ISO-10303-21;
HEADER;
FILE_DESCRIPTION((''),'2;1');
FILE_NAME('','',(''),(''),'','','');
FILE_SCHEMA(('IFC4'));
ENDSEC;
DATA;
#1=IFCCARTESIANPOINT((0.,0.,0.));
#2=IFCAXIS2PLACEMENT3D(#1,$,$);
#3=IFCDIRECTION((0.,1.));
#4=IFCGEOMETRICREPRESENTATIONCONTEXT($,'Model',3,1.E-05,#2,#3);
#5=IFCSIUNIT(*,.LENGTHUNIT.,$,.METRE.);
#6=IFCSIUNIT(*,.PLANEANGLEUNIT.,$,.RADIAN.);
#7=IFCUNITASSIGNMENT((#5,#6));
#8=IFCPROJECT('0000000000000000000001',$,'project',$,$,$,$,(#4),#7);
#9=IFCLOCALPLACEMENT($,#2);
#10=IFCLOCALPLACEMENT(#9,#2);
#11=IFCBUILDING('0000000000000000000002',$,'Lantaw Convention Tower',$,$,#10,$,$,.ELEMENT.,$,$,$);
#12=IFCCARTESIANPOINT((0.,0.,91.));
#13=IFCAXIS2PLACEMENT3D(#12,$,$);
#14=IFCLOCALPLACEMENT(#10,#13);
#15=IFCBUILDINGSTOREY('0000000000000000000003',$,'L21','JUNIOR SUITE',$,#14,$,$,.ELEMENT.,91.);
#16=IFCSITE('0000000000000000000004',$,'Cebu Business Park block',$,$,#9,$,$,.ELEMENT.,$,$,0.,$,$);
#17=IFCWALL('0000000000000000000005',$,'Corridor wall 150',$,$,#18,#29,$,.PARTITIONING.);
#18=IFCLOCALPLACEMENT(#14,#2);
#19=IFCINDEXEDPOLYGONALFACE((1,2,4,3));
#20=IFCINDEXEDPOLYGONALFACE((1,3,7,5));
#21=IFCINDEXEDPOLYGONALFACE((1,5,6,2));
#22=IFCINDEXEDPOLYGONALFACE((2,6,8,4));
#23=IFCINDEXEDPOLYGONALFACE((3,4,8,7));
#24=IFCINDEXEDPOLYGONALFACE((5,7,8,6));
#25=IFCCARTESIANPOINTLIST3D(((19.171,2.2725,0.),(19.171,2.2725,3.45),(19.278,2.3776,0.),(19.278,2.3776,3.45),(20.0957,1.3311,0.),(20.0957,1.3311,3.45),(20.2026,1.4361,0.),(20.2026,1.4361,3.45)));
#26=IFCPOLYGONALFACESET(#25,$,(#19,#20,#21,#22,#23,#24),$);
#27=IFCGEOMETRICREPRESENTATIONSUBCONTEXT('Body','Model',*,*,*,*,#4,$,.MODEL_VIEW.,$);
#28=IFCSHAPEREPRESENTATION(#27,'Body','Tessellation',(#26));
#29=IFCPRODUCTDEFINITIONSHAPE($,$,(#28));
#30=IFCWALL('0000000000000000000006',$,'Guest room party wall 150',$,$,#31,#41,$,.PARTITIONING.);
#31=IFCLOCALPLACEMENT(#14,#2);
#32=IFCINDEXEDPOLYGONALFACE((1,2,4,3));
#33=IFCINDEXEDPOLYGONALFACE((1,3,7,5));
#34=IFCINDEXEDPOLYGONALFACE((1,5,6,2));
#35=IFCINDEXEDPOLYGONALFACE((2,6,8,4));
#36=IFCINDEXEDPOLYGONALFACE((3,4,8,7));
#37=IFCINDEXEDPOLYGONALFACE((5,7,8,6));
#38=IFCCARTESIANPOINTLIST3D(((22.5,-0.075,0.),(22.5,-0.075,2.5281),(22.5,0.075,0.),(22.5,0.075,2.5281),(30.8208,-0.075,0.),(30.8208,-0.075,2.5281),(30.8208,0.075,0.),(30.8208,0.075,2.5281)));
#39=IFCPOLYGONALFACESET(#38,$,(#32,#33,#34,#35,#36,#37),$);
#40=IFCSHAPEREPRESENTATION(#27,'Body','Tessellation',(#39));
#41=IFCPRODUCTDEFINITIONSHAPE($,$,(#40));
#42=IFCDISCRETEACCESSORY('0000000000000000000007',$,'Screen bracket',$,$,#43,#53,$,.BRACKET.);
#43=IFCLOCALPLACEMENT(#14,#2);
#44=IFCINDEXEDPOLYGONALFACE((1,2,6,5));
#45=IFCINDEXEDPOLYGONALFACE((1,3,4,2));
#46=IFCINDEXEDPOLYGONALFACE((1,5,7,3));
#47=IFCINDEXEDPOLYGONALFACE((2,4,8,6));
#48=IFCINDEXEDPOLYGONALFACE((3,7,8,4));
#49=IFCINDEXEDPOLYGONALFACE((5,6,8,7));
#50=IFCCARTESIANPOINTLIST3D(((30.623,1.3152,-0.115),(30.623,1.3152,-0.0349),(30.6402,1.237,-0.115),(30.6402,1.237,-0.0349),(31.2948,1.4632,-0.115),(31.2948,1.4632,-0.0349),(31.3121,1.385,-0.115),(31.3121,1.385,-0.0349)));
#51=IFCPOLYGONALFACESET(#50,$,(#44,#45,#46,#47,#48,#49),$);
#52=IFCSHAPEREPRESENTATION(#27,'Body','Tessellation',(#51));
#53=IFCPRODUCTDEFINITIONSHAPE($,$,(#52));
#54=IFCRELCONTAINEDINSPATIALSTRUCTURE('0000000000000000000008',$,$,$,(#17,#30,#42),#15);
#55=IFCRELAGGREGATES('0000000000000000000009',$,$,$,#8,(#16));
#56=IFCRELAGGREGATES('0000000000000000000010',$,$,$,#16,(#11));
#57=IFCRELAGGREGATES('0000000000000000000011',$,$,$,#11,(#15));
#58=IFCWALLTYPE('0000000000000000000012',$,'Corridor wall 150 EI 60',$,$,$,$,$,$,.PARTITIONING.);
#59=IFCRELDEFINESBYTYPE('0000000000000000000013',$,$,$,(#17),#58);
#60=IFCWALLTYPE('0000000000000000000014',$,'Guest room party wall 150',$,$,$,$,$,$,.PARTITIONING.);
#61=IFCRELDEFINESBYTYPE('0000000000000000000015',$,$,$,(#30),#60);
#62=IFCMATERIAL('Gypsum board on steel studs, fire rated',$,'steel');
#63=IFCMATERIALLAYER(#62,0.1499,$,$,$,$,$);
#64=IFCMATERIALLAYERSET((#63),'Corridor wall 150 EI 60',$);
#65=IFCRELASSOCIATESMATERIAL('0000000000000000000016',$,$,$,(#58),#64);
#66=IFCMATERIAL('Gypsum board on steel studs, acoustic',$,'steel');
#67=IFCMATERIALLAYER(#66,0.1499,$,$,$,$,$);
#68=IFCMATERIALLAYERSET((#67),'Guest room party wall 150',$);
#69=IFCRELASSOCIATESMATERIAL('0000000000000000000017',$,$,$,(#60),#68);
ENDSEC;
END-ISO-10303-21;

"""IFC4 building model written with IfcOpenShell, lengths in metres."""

from ifc_helpers import new_model, si_unit, direction, frame, frame_2d, origin, origin_2d, place, context, subcontext, project, spatial, rectangle, extrude, material, layer, layer_set, type_object, element, save


model = new_model("IFC4")

# Units and contexts
model_context = context("Model", 3, precision=1e-05, world=origin(), true_north=direction((0.0, 1.0)))
body_context = subcontext(model_context, "Body", "Model", "MODEL_VIEW")
ifc_project = project(units=[si_unit("LENGTHUNIT", "METRE"), si_unit("PLANEANGLEUNIT", "RADIAN")], contexts=[model_context])

# Site, building, storey
site_placement = place(None, origin())
site = spatial("IfcSite", under=ifc_project, at=site_placement, Name="Cebu Business Park block", CompositionType="ELEMENT", RefElevation=0.0)
building_placement = place(site_placement, origin())
building = spatial("IfcBuilding", under=site, at=building_placement, Name="Lantaw Convention Tower", CompositionType="ELEMENT")
storey_placement = place(building_placement, frame((0.0, 0.0, 91.0)))
storey = spatial("IfcBuildingStorey", under=building, at=storey_placement, Name="L21", Description="JUNIOR SUITE", CompositionType="ELEMENT", Elevation=91.0)

# Shared definitions
ifc_material_1 = material(Name="Gypsum board on steel studs, fire rated", Category="steel")
ifc_layer_1 = layer(ifc_material_1, 0.1499)
ifc_layer_set_1 = layer_set([ifc_layer_1], Name="Corridor wall 150 EI 60")
wall_type_1 = type_object("IfcWallType", Name="Corridor wall 150 EI 60", PredefinedType="PARTITIONING", material=ifc_layer_set_1)

# Walls
wall_1_placement = place(storey_placement, frame((19.2246, 2.325, 0.0), z_axis=(0.0, 0.0, 1.0), x_axis=(0.700695, -0.713461, 0.0)))
element("IfcWall", 1, at=wall_1_placement, inside=storey, type_object=wall_type_1, Name="Corridor wall 150", PredefinedType="PARTITIONING", context=body_context, shape_type="SweptSolid", body=[
    extrude(rectangle(XDim=1.3196, YDim=0.1499, at=frame_2d((0.6597, 0.0))), origin(), (0.0, 0.0, 1.0), 3.45),
])
ifc_material_2 = material(Name="Gypsum board on steel studs, acoustic", Category="steel")
ifc_layer_2 = layer(ifc_material_2, 0.1499)
ifc_layer_set_2 = layer_set([ifc_layer_2], Name="Guest room party wall 150")
wall_type_2 = type_object("IfcWallType", Name="Guest room party wall 150", PredefinedType="PARTITIONING", material=ifc_layer_set_2)
wall_2_placement = place(storey_placement, frame((30.8208, 0.0, 0.0), z_axis=(0.0, 0.0, 1.0), x_axis=(-1.0, 0.0, 0.0)))
element("IfcWall", 2, at=wall_2_placement, inside=storey, type_object=wall_type_2, Name="Guest room party wall 150", PredefinedType="PARTITIONING", context=body_context, shape_type="SweptSolid", body=[
    extrude(rectangle(XDim=8.3208, YDim=0.1499, at=frame_2d((4.1604, 0.0))), origin(), (0.0, 0.0, 1.0), 2.5281),
])

# Discrete accessory
discrete_accessory_placement = place(storey_placement, frame((30.9675, 1.3501, -0.115), z_axis=(0.0, 0.0, 1.0), x_axis=(-0.215246, 0.97656, 0.0)))
element("IfcDiscreteAccessory", 3, at=discrete_accessory_placement, inside=storey, Name="Screen bracket", PredefinedType="BRACKET", context=body_context, shape_type="SweptSolid", body=[
    extrude(rectangle(XDim=0.0801, YDim=0.688, at=origin_2d()), origin(), (0.0, 0.0, 1.0), 0.0801),
])

save(model, "model.ifc")
